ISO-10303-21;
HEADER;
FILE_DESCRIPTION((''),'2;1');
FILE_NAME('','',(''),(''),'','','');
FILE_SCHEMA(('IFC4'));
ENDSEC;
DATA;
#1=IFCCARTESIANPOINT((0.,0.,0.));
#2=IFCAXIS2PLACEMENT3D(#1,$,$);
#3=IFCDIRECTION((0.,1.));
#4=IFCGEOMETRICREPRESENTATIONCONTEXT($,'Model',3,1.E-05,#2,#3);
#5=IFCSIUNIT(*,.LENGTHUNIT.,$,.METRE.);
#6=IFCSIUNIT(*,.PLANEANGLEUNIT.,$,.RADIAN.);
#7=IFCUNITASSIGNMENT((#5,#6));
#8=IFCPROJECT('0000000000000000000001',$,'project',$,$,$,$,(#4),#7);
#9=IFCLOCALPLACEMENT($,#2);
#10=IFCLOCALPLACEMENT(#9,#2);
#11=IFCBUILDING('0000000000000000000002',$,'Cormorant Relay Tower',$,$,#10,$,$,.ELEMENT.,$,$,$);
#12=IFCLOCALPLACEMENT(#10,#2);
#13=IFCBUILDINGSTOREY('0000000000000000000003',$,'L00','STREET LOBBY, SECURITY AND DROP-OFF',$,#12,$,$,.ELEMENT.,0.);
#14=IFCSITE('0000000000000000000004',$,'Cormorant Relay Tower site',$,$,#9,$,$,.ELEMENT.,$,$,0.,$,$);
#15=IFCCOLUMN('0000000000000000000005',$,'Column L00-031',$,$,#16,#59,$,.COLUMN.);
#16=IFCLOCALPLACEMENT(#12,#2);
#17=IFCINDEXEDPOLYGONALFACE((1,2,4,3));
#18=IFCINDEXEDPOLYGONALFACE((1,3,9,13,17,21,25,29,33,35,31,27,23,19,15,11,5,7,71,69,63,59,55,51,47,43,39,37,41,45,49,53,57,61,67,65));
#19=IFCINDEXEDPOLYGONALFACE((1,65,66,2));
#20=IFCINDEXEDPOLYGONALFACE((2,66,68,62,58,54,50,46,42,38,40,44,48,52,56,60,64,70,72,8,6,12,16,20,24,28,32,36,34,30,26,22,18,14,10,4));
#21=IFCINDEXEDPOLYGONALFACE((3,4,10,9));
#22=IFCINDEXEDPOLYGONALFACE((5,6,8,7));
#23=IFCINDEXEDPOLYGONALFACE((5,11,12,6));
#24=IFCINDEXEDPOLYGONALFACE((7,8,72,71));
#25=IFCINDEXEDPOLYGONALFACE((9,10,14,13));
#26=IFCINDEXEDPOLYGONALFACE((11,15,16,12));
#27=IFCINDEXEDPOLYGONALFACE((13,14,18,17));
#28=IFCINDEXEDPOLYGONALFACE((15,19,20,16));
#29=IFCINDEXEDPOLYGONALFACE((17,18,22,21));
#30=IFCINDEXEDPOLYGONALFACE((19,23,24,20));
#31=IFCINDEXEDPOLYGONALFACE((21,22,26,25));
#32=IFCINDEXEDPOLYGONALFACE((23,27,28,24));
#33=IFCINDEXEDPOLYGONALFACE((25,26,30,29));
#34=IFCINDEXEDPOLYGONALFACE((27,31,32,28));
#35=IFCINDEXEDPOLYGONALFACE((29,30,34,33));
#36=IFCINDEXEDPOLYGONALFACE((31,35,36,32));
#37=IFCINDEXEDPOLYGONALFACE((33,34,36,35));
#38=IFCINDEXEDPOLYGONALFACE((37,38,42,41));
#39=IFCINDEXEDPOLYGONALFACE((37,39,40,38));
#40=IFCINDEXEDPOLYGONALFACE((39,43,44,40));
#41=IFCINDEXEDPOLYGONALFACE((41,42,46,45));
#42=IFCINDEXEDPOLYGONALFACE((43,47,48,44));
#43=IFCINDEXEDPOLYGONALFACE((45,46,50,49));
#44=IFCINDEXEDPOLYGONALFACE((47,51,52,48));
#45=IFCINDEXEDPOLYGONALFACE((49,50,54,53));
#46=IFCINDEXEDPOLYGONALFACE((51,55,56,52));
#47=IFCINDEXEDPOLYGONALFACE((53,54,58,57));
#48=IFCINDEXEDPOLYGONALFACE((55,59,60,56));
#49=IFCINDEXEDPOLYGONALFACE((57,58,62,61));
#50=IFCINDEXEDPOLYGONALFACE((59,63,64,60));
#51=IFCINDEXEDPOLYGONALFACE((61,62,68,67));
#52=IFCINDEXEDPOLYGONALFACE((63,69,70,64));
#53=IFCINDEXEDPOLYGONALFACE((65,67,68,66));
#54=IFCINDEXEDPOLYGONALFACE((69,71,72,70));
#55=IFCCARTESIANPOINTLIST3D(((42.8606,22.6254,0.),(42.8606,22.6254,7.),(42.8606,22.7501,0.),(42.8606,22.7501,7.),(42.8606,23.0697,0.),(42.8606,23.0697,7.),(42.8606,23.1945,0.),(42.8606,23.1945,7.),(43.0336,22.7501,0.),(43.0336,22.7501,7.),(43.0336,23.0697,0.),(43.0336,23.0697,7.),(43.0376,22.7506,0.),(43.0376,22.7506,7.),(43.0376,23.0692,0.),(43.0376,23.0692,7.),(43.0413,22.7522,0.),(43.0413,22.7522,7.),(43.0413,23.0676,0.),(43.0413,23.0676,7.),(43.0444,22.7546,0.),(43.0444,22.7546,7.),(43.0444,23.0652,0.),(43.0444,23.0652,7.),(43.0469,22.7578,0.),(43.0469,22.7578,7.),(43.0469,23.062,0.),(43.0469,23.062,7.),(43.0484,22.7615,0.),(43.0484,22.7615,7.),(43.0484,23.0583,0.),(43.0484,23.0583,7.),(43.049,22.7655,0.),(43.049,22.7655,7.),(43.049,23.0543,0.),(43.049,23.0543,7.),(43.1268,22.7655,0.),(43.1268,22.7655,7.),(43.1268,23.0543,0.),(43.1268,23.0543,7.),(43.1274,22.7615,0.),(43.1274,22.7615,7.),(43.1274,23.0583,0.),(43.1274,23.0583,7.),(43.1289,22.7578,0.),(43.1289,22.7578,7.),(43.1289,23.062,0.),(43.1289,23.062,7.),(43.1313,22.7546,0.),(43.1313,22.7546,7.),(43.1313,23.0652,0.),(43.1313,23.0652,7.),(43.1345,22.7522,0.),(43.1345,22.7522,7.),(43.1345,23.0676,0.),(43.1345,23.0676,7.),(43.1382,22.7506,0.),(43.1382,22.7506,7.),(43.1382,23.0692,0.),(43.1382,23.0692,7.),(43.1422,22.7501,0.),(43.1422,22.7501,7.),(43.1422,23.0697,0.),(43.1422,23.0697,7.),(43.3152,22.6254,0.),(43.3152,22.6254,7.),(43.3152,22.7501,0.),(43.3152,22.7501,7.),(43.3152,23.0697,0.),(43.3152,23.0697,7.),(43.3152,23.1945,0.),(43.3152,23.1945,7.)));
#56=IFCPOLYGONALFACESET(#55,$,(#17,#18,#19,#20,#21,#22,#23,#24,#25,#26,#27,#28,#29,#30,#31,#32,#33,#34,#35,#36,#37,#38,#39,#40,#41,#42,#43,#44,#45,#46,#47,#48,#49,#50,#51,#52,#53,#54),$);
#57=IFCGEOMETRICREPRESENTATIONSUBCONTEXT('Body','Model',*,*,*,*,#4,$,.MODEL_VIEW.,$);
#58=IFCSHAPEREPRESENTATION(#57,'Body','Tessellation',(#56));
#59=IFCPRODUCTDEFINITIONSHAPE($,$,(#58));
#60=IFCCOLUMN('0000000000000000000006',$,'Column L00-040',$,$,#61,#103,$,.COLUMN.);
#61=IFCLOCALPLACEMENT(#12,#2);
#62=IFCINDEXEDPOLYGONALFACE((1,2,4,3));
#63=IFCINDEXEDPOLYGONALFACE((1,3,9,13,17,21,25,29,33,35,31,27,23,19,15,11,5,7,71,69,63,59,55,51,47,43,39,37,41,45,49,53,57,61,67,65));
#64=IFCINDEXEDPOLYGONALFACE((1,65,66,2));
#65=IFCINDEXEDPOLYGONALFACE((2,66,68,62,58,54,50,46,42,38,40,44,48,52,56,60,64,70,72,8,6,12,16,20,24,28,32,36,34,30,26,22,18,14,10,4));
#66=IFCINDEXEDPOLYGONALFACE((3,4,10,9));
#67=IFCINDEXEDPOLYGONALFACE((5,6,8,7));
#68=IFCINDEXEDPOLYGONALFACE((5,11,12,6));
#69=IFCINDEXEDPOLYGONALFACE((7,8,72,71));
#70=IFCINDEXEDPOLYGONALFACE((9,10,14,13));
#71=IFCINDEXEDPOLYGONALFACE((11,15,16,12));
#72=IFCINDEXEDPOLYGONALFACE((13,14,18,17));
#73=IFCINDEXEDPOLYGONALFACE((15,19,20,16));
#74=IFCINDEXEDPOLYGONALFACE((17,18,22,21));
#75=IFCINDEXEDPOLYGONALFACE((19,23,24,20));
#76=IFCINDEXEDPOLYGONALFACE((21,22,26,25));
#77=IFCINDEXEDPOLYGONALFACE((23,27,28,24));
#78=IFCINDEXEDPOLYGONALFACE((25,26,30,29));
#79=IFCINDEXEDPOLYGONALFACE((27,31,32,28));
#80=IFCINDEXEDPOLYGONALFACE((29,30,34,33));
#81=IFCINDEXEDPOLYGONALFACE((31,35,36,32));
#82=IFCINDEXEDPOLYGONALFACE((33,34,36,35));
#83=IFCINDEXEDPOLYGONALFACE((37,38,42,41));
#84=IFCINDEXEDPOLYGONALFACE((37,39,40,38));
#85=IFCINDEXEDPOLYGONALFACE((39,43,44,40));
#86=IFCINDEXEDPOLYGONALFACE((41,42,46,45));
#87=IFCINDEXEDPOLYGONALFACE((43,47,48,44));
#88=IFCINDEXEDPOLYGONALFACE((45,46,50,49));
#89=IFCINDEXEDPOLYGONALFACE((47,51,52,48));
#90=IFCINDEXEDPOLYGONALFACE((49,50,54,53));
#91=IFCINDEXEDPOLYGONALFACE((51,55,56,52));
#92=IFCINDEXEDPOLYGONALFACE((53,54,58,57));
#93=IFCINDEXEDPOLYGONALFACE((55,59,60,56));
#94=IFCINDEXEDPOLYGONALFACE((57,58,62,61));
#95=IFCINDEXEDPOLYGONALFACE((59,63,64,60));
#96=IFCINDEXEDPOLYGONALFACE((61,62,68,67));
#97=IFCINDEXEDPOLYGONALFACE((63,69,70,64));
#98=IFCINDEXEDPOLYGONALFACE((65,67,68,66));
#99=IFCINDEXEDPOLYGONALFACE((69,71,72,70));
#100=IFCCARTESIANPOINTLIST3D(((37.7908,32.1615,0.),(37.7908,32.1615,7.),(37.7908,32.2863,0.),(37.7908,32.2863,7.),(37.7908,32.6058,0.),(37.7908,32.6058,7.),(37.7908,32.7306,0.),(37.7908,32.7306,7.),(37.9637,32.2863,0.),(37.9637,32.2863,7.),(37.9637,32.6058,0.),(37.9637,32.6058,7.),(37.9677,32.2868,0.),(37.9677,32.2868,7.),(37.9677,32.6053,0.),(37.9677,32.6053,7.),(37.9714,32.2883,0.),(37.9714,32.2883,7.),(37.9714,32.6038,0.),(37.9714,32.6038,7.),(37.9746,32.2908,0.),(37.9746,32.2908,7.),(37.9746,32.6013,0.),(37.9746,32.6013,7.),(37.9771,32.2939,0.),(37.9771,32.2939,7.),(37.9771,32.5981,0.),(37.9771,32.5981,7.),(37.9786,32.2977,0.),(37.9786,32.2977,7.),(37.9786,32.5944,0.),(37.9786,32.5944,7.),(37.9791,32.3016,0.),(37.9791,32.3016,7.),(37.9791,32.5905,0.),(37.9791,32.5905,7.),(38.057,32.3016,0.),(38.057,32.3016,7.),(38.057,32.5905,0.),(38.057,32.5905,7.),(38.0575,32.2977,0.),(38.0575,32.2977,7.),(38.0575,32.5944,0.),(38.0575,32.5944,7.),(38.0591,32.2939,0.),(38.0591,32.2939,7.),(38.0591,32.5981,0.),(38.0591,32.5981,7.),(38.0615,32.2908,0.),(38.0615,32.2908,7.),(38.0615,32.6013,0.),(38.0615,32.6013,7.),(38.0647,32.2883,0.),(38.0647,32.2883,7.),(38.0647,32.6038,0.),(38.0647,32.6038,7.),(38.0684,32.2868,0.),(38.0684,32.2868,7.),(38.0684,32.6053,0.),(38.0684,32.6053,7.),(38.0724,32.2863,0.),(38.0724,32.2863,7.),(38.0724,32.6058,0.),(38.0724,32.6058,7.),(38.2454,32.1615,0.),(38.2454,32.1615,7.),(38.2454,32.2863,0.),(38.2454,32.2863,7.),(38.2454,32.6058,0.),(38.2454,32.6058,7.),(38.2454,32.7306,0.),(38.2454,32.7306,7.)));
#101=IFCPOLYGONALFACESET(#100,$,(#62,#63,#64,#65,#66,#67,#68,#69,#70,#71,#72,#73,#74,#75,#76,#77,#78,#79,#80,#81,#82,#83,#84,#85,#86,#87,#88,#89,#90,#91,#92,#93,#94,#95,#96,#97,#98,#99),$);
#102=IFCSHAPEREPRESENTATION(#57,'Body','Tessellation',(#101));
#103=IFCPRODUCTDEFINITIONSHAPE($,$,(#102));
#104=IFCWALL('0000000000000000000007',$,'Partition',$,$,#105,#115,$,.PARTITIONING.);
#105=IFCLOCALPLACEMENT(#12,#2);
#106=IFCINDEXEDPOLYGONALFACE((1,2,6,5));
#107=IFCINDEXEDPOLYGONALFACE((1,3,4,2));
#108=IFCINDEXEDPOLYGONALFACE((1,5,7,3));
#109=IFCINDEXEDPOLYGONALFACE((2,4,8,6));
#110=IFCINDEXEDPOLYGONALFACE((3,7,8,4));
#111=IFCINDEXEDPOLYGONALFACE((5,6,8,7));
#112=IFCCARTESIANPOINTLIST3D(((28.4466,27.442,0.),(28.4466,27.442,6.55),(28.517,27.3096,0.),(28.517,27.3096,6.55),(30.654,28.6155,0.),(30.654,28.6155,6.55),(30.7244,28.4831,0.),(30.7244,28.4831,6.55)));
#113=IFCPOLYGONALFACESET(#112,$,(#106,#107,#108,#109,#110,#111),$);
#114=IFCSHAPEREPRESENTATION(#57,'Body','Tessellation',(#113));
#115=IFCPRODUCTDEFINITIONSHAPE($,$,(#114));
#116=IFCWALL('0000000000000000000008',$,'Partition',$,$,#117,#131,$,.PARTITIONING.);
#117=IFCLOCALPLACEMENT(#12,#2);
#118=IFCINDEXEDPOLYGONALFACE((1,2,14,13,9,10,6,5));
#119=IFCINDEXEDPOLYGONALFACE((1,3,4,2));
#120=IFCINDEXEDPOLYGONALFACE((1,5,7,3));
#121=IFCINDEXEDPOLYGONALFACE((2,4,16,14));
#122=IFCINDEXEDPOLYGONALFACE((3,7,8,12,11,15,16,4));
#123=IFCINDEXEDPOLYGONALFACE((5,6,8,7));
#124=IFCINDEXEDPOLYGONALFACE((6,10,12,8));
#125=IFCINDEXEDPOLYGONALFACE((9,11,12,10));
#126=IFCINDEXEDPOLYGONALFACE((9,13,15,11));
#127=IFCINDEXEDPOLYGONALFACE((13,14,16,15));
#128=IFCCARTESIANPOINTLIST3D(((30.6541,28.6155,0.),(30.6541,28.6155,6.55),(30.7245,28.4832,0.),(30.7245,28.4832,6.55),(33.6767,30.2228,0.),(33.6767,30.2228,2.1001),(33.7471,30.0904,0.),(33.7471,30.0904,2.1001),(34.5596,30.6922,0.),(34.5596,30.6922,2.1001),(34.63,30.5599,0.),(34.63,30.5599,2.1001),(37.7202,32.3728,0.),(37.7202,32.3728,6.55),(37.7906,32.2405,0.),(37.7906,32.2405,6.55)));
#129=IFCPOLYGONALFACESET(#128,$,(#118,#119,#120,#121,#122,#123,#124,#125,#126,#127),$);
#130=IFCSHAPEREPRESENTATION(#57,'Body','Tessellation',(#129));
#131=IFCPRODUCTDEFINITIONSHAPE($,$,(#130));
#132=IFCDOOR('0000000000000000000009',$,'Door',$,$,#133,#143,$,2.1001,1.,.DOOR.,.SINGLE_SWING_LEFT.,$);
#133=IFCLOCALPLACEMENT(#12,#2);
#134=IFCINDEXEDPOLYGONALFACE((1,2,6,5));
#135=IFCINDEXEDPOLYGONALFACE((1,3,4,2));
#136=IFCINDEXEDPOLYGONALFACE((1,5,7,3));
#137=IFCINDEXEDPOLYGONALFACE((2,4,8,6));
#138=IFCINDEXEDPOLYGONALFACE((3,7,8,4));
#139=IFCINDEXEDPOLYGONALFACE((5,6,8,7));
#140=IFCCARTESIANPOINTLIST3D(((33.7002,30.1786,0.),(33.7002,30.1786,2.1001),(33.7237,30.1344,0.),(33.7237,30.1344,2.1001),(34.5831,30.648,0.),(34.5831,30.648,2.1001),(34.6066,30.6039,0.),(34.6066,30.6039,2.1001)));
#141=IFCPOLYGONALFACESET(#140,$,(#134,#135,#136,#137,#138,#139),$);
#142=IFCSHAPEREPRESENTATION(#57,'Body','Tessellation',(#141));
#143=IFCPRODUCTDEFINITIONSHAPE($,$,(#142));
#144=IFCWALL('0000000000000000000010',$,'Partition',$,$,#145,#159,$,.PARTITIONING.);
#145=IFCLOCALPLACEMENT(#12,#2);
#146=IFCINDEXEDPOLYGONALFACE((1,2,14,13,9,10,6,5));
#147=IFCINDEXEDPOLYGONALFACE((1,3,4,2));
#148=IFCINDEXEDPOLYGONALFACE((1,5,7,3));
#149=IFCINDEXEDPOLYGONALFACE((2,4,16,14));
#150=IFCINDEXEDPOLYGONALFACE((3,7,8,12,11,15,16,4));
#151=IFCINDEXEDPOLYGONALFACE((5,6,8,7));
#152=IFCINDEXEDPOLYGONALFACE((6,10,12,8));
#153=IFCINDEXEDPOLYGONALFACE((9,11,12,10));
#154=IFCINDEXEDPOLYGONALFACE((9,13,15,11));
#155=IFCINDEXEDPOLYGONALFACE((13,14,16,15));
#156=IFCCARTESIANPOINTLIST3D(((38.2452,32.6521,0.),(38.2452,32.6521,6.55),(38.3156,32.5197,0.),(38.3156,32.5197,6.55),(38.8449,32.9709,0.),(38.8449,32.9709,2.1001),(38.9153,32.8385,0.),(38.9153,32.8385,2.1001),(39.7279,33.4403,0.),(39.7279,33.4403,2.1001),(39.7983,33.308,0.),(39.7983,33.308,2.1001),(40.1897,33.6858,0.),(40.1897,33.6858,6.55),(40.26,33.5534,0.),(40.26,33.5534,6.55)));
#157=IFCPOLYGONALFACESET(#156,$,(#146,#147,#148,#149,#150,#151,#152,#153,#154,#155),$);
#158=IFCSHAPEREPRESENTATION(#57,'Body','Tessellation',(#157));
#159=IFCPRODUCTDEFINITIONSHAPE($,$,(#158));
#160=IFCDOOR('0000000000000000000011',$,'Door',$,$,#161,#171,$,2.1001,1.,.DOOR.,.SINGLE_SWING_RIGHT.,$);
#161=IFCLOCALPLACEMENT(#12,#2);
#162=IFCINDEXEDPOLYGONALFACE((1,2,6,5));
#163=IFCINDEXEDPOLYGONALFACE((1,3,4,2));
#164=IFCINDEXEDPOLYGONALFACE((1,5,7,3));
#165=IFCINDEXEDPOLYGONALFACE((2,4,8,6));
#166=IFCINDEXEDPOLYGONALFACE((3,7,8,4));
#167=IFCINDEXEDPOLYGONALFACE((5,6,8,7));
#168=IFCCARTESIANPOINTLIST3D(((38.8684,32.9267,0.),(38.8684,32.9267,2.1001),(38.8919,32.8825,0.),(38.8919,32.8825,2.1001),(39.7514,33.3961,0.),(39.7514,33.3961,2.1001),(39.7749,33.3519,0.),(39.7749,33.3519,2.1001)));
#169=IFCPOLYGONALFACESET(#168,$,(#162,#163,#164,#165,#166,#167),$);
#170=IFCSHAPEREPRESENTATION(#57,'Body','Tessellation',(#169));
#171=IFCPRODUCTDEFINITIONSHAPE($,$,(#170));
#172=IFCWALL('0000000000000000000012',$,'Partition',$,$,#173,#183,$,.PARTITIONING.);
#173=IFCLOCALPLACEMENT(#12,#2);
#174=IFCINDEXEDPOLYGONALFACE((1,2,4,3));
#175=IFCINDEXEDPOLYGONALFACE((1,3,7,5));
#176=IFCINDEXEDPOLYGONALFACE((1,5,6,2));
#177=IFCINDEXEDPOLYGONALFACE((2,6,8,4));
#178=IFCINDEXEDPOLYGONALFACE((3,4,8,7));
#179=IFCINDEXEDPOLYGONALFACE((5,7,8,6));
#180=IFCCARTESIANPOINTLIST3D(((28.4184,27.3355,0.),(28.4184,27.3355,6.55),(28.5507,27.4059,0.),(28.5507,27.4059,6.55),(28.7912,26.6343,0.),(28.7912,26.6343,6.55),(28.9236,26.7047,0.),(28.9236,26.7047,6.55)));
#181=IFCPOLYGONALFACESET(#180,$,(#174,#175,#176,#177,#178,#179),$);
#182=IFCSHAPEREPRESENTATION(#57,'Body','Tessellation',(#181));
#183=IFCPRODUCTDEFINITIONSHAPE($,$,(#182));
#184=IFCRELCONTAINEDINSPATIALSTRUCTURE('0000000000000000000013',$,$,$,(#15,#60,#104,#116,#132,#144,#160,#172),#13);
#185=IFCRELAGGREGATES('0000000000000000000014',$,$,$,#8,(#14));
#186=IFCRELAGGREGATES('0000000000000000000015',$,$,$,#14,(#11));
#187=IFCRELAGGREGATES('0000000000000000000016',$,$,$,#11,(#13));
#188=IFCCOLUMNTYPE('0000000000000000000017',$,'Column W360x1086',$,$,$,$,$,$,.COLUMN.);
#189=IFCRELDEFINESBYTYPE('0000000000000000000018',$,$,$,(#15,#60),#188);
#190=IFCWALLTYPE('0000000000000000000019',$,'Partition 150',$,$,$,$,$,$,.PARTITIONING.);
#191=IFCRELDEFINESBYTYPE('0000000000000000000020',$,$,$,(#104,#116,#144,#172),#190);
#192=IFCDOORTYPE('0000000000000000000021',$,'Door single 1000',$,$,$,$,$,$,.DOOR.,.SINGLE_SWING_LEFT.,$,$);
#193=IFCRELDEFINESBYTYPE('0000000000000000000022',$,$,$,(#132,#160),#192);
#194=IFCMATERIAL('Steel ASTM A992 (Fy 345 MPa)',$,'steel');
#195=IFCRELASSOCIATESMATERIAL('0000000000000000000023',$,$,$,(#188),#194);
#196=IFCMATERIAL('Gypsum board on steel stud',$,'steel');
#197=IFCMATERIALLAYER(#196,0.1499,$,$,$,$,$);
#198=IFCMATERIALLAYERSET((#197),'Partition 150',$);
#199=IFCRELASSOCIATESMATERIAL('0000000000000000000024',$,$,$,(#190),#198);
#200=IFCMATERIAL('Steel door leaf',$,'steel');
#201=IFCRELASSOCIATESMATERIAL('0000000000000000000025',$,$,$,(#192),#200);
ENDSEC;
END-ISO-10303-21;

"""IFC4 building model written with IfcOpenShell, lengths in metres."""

from ifc_helpers import new_model, si_unit, direction, frame, frame_2d, origin, origin_2d, place, context, subcontext, project, spatial, rectangle, i_section, extrude, material, layer, layer_set, material_profile, profile_set, type_object, element, fill, save


model = new_model("IFC4")

# Units and contexts
model_context = context("Model", 3, precision=1e-05, world=origin(), true_north=direction((0.0, 1.0)))
body_context = subcontext(model_context, "Body", "Model", "MODEL_VIEW")
ifc_project = project(units=[si_unit("LENGTHUNIT", "METRE"), si_unit("PLANEANGLEUNIT", "RADIAN")], contexts=[model_context])

# Site, building, storey
site_placement = place(None, origin())
site = spatial("IfcSite", under=ifc_project, at=site_placement, Name="Cormorant Relay Tower site", CompositionType="ELEMENT", RefElevation=0.0)
building_placement = place(site_placement, origin())
building = spatial("IfcBuilding", under=site, at=building_placement, Name="Cormorant Relay Tower", CompositionType="ELEMENT")
storey_placement = place(building_placement, origin())
storey = spatial("IfcBuildingStorey", under=building, at=storey_placement, Name="L00", Description="STREET LOBBY, SECURITY AND DROP-OFF", CompositionType="ELEMENT", Elevation=0.0)

# Columns
ifc_material_1 = material(Name="Steel ASTM A992 (Fy 345 MPa)", Category="steel")
ifc_material_profile = material_profile(ifc_material_1, i_section(OverallWidth=0.4546, OverallDepth=0.5691, WebThickness=0.0779, FlangeThickness=0.1248, FilletRadius=0.0154, at=origin_2d()), Name="W360x1086")
ifc_profile_set = profile_set([ifc_material_profile], Name="Steel ASTM A992 (Fy 345 MPa)")
column_type = type_object("IfcColumnType", Name="Column W360x1086", PredefinedType="COLUMN", material=ifc_profile_set)
for number, where, z_axis, x_axis, name in (
    (1, (43.0879, 22.9099, 0.0), (0.0, 0.0, 1.0), (1.0, 0.0, 0.0), "Column L00-031"),
    (2, (38.0181, 32.446, 0.0), (0.0, 0.0, 1.0), (1.0, 0.0, 0.0), "Column L00-040"),
):
    element("IfcColumn", number, at=place(storey_placement, frame(where, z_axis=z_axis, x_axis=x_axis)), inside=storey, type_object=column_type, Name=name, PredefinedType="COLUMN", context=body_context, shape_type="SweptSolid", body=[
        extrude(i_section(OverallWidth=0.4546, OverallDepth=0.5691, WebThickness=0.0779, FlangeThickness=0.1248, FilletRadius=0.0154, at=origin_2d()), origin(), (0.0, 0.0, 1.0), 7.0),
    ])

# Wall
ifc_material_2 = material(Name="Gypsum board on steel stud", Category="steel")
ifc_layer_1 = layer(ifc_material_2, 0.1499)
ifc_layer_set_1 = layer_set([ifc_layer_1], Name="Partition 150")
wall_type_1 = type_object("IfcWallType", Name="Partition 150", PredefinedType="PARTITIONING", material=ifc_layer_set_1)
wall_1_placement = place(storey_placement, frame((30.6892, 28.5493, 0.0), z_axis=(0.0, 0.0, 1.0), x_axis=(-0.882977, -0.469417, 0.0)))
element("IfcWall", 3, at=wall_1_placement, inside=storey, type_object=wall_type_1, Name="Partition", PredefinedType="PARTITIONING", context=body_context, shape_type="SweptSolid", body=[
    extrude(rectangle(XDim=2.5, YDim=0.1499, at=frame_2d((1.25, 0.0))), origin(), (0.0, 0.0, 1.0), 6.55),
])

# Walls, openings, doors
wall_2_placement = place(storey_placement, frame((37.7554, 32.3066, 0.0), z_axis=(0.0, 0.0, 1.0), x_axis=(-0.882938, -0.469489, 0.0)))
wall_2 = element("IfcWall", 4, at=wall_2_placement, inside=storey, type_object=wall_type_1, Name="Partition", PredefinedType="PARTITIONING", context=body_context, shape_type="SweptSolid", body=[
    extrude(rectangle(XDim=8.0029, YDim=0.1499, at=frame_2d((4.0015, 0.0))), origin(), (0.0, 0.0, 1.0), 6.55),
])
opening_1_placement = place(wall_2_placement, frame((3.5796, 0.0, 0.0)))
opening_1 = element("IfcOpeningElement", 5, at=opening_1_placement, cuts=wall_2, PredefinedType="OPENING", context=body_context, shape_type="SweptSolid", body=[
    extrude(rectangle(XDim=1.0, YDim=2.1001, at=frame_2d((0.5, 1.05))), frame((0.0, 0.085, 0.0), z_axis=(0.0, -1.0, 0.0), x_axis=(1.0, 0.0, 0.0)), (0.0, 0.0, 1.0), 0.1699),
])
ifc_material_3 = material(Name="Steel door leaf", Category="steel")
door_type = type_object("IfcDoorType", Name="Door single 1000", OperationType="SINGLE_SWING_LEFT", PredefinedType="DOOR", material=ifc_material_3)
door_1_placement = place(opening_1_placement, frame((1.0, 0.0, 0.0), z_axis=(0.0, 0.0, 1.0), x_axis=(-1.0, 0.0, 0.0)))
door_1 = element("IfcDoor", 6, at=door_1_placement, inside=storey, type_object=door_type, Name="Door", OperationType="SINGLE_SWING_LEFT", OverallHeight=2.1001, OverallWidth=1.0, PredefinedType="DOOR", context=body_context, shape_type="SweptSolid", body=[
    extrude(rectangle(XDim=1.0, YDim=2.1001, at=frame_2d((0.5, 1.05))), frame((0.0, 0.0249, 0.0), z_axis=(0.0, -1.0, 0.0), x_axis=(1.0, 0.0, 0.0)), (0.0, 0.0, 1.0), 0.05),
])
fill(opening_1, door_1)
wall_3_placement = place(storey_placement, frame((40.2249, 33.6196, 0.0), z_axis=(0.0, 0.0, 1.0), x_axis=(-0.882972, -0.469425, 0.0)))
wall_3 = element("IfcWall", 7, at=wall_3_placement, inside=storey, type_object=wall_type_1, Name="Partition", PredefinedType="PARTITIONING", context=body_context, shape_type="SweptSolid", body=[
    extrude(rectangle(XDim=2.2021, YDim=0.1499, at=frame_2d((1.1011, 0.0))), origin(), (0.0, 0.0, 1.0), 6.55),
])
opening_2_placement = place(wall_3_placement, frame((0.5229, 0.0, 0.0)))
opening_2 = element("IfcOpeningElement", 8, at=opening_2_placement, cuts=wall_3, PredefinedType="OPENING", context=body_context, shape_type="SweptSolid", body=[
    extrude(rectangle(XDim=1.0, YDim=2.1001, at=frame_2d((0.5, 1.05))), frame((0.0, 0.085, 0.0), z_axis=(0.0, -1.0, 0.0), x_axis=(1.0, 0.0, 0.0)), (0.0, 0.0, 1.0), 0.1699),
])
door_2_placement = place(opening_2_placement, frame((1.0, 0.0, 0.0), z_axis=(0.0, 0.0, 1.0), x_axis=(-1.0, 0.0, 0.0)))
door_2 = element("IfcDoor", 9, at=door_2_placement, inside=storey, type_object=door_type, Name="Door", OperationType="SINGLE_SWING_RIGHT", OverallHeight=2.1001, OverallWidth=1.0, PredefinedType="DOOR", context=body_context, shape_type="SweptSolid", body=[
    extrude(rectangle(XDim=1.0, YDim=2.1001, at=frame_2d((0.5, 1.05))), frame((0.0, 0.0249, 0.0), z_axis=(0.0, -1.0, 0.0), x_axis=(1.0, 0.0, 0.0)), (0.0, 0.0, 1.0), 0.05),
])
fill(opening_2, door_2)

# Wall
wall_4_placement = place(storey_placement, frame((28.4846, 27.3706, 0.0), z_axis=(0.0, 0.0, 1.0), x_axis=(0.469455, -0.882956, 0.0)))
element("IfcWall", 10, at=wall_4_placement, inside=storey, type_object=wall_type_1, Name="Partition", PredefinedType="PARTITIONING", context=body_context, shape_type="SweptSolid", body=[
    extrude(rectangle(XDim=0.7942, YDim=0.1499, at=frame_2d((0.397, 0.0))), origin(), (0.0, 0.0, 1.0), 6.55),
])

save(model, "model.ifc")
